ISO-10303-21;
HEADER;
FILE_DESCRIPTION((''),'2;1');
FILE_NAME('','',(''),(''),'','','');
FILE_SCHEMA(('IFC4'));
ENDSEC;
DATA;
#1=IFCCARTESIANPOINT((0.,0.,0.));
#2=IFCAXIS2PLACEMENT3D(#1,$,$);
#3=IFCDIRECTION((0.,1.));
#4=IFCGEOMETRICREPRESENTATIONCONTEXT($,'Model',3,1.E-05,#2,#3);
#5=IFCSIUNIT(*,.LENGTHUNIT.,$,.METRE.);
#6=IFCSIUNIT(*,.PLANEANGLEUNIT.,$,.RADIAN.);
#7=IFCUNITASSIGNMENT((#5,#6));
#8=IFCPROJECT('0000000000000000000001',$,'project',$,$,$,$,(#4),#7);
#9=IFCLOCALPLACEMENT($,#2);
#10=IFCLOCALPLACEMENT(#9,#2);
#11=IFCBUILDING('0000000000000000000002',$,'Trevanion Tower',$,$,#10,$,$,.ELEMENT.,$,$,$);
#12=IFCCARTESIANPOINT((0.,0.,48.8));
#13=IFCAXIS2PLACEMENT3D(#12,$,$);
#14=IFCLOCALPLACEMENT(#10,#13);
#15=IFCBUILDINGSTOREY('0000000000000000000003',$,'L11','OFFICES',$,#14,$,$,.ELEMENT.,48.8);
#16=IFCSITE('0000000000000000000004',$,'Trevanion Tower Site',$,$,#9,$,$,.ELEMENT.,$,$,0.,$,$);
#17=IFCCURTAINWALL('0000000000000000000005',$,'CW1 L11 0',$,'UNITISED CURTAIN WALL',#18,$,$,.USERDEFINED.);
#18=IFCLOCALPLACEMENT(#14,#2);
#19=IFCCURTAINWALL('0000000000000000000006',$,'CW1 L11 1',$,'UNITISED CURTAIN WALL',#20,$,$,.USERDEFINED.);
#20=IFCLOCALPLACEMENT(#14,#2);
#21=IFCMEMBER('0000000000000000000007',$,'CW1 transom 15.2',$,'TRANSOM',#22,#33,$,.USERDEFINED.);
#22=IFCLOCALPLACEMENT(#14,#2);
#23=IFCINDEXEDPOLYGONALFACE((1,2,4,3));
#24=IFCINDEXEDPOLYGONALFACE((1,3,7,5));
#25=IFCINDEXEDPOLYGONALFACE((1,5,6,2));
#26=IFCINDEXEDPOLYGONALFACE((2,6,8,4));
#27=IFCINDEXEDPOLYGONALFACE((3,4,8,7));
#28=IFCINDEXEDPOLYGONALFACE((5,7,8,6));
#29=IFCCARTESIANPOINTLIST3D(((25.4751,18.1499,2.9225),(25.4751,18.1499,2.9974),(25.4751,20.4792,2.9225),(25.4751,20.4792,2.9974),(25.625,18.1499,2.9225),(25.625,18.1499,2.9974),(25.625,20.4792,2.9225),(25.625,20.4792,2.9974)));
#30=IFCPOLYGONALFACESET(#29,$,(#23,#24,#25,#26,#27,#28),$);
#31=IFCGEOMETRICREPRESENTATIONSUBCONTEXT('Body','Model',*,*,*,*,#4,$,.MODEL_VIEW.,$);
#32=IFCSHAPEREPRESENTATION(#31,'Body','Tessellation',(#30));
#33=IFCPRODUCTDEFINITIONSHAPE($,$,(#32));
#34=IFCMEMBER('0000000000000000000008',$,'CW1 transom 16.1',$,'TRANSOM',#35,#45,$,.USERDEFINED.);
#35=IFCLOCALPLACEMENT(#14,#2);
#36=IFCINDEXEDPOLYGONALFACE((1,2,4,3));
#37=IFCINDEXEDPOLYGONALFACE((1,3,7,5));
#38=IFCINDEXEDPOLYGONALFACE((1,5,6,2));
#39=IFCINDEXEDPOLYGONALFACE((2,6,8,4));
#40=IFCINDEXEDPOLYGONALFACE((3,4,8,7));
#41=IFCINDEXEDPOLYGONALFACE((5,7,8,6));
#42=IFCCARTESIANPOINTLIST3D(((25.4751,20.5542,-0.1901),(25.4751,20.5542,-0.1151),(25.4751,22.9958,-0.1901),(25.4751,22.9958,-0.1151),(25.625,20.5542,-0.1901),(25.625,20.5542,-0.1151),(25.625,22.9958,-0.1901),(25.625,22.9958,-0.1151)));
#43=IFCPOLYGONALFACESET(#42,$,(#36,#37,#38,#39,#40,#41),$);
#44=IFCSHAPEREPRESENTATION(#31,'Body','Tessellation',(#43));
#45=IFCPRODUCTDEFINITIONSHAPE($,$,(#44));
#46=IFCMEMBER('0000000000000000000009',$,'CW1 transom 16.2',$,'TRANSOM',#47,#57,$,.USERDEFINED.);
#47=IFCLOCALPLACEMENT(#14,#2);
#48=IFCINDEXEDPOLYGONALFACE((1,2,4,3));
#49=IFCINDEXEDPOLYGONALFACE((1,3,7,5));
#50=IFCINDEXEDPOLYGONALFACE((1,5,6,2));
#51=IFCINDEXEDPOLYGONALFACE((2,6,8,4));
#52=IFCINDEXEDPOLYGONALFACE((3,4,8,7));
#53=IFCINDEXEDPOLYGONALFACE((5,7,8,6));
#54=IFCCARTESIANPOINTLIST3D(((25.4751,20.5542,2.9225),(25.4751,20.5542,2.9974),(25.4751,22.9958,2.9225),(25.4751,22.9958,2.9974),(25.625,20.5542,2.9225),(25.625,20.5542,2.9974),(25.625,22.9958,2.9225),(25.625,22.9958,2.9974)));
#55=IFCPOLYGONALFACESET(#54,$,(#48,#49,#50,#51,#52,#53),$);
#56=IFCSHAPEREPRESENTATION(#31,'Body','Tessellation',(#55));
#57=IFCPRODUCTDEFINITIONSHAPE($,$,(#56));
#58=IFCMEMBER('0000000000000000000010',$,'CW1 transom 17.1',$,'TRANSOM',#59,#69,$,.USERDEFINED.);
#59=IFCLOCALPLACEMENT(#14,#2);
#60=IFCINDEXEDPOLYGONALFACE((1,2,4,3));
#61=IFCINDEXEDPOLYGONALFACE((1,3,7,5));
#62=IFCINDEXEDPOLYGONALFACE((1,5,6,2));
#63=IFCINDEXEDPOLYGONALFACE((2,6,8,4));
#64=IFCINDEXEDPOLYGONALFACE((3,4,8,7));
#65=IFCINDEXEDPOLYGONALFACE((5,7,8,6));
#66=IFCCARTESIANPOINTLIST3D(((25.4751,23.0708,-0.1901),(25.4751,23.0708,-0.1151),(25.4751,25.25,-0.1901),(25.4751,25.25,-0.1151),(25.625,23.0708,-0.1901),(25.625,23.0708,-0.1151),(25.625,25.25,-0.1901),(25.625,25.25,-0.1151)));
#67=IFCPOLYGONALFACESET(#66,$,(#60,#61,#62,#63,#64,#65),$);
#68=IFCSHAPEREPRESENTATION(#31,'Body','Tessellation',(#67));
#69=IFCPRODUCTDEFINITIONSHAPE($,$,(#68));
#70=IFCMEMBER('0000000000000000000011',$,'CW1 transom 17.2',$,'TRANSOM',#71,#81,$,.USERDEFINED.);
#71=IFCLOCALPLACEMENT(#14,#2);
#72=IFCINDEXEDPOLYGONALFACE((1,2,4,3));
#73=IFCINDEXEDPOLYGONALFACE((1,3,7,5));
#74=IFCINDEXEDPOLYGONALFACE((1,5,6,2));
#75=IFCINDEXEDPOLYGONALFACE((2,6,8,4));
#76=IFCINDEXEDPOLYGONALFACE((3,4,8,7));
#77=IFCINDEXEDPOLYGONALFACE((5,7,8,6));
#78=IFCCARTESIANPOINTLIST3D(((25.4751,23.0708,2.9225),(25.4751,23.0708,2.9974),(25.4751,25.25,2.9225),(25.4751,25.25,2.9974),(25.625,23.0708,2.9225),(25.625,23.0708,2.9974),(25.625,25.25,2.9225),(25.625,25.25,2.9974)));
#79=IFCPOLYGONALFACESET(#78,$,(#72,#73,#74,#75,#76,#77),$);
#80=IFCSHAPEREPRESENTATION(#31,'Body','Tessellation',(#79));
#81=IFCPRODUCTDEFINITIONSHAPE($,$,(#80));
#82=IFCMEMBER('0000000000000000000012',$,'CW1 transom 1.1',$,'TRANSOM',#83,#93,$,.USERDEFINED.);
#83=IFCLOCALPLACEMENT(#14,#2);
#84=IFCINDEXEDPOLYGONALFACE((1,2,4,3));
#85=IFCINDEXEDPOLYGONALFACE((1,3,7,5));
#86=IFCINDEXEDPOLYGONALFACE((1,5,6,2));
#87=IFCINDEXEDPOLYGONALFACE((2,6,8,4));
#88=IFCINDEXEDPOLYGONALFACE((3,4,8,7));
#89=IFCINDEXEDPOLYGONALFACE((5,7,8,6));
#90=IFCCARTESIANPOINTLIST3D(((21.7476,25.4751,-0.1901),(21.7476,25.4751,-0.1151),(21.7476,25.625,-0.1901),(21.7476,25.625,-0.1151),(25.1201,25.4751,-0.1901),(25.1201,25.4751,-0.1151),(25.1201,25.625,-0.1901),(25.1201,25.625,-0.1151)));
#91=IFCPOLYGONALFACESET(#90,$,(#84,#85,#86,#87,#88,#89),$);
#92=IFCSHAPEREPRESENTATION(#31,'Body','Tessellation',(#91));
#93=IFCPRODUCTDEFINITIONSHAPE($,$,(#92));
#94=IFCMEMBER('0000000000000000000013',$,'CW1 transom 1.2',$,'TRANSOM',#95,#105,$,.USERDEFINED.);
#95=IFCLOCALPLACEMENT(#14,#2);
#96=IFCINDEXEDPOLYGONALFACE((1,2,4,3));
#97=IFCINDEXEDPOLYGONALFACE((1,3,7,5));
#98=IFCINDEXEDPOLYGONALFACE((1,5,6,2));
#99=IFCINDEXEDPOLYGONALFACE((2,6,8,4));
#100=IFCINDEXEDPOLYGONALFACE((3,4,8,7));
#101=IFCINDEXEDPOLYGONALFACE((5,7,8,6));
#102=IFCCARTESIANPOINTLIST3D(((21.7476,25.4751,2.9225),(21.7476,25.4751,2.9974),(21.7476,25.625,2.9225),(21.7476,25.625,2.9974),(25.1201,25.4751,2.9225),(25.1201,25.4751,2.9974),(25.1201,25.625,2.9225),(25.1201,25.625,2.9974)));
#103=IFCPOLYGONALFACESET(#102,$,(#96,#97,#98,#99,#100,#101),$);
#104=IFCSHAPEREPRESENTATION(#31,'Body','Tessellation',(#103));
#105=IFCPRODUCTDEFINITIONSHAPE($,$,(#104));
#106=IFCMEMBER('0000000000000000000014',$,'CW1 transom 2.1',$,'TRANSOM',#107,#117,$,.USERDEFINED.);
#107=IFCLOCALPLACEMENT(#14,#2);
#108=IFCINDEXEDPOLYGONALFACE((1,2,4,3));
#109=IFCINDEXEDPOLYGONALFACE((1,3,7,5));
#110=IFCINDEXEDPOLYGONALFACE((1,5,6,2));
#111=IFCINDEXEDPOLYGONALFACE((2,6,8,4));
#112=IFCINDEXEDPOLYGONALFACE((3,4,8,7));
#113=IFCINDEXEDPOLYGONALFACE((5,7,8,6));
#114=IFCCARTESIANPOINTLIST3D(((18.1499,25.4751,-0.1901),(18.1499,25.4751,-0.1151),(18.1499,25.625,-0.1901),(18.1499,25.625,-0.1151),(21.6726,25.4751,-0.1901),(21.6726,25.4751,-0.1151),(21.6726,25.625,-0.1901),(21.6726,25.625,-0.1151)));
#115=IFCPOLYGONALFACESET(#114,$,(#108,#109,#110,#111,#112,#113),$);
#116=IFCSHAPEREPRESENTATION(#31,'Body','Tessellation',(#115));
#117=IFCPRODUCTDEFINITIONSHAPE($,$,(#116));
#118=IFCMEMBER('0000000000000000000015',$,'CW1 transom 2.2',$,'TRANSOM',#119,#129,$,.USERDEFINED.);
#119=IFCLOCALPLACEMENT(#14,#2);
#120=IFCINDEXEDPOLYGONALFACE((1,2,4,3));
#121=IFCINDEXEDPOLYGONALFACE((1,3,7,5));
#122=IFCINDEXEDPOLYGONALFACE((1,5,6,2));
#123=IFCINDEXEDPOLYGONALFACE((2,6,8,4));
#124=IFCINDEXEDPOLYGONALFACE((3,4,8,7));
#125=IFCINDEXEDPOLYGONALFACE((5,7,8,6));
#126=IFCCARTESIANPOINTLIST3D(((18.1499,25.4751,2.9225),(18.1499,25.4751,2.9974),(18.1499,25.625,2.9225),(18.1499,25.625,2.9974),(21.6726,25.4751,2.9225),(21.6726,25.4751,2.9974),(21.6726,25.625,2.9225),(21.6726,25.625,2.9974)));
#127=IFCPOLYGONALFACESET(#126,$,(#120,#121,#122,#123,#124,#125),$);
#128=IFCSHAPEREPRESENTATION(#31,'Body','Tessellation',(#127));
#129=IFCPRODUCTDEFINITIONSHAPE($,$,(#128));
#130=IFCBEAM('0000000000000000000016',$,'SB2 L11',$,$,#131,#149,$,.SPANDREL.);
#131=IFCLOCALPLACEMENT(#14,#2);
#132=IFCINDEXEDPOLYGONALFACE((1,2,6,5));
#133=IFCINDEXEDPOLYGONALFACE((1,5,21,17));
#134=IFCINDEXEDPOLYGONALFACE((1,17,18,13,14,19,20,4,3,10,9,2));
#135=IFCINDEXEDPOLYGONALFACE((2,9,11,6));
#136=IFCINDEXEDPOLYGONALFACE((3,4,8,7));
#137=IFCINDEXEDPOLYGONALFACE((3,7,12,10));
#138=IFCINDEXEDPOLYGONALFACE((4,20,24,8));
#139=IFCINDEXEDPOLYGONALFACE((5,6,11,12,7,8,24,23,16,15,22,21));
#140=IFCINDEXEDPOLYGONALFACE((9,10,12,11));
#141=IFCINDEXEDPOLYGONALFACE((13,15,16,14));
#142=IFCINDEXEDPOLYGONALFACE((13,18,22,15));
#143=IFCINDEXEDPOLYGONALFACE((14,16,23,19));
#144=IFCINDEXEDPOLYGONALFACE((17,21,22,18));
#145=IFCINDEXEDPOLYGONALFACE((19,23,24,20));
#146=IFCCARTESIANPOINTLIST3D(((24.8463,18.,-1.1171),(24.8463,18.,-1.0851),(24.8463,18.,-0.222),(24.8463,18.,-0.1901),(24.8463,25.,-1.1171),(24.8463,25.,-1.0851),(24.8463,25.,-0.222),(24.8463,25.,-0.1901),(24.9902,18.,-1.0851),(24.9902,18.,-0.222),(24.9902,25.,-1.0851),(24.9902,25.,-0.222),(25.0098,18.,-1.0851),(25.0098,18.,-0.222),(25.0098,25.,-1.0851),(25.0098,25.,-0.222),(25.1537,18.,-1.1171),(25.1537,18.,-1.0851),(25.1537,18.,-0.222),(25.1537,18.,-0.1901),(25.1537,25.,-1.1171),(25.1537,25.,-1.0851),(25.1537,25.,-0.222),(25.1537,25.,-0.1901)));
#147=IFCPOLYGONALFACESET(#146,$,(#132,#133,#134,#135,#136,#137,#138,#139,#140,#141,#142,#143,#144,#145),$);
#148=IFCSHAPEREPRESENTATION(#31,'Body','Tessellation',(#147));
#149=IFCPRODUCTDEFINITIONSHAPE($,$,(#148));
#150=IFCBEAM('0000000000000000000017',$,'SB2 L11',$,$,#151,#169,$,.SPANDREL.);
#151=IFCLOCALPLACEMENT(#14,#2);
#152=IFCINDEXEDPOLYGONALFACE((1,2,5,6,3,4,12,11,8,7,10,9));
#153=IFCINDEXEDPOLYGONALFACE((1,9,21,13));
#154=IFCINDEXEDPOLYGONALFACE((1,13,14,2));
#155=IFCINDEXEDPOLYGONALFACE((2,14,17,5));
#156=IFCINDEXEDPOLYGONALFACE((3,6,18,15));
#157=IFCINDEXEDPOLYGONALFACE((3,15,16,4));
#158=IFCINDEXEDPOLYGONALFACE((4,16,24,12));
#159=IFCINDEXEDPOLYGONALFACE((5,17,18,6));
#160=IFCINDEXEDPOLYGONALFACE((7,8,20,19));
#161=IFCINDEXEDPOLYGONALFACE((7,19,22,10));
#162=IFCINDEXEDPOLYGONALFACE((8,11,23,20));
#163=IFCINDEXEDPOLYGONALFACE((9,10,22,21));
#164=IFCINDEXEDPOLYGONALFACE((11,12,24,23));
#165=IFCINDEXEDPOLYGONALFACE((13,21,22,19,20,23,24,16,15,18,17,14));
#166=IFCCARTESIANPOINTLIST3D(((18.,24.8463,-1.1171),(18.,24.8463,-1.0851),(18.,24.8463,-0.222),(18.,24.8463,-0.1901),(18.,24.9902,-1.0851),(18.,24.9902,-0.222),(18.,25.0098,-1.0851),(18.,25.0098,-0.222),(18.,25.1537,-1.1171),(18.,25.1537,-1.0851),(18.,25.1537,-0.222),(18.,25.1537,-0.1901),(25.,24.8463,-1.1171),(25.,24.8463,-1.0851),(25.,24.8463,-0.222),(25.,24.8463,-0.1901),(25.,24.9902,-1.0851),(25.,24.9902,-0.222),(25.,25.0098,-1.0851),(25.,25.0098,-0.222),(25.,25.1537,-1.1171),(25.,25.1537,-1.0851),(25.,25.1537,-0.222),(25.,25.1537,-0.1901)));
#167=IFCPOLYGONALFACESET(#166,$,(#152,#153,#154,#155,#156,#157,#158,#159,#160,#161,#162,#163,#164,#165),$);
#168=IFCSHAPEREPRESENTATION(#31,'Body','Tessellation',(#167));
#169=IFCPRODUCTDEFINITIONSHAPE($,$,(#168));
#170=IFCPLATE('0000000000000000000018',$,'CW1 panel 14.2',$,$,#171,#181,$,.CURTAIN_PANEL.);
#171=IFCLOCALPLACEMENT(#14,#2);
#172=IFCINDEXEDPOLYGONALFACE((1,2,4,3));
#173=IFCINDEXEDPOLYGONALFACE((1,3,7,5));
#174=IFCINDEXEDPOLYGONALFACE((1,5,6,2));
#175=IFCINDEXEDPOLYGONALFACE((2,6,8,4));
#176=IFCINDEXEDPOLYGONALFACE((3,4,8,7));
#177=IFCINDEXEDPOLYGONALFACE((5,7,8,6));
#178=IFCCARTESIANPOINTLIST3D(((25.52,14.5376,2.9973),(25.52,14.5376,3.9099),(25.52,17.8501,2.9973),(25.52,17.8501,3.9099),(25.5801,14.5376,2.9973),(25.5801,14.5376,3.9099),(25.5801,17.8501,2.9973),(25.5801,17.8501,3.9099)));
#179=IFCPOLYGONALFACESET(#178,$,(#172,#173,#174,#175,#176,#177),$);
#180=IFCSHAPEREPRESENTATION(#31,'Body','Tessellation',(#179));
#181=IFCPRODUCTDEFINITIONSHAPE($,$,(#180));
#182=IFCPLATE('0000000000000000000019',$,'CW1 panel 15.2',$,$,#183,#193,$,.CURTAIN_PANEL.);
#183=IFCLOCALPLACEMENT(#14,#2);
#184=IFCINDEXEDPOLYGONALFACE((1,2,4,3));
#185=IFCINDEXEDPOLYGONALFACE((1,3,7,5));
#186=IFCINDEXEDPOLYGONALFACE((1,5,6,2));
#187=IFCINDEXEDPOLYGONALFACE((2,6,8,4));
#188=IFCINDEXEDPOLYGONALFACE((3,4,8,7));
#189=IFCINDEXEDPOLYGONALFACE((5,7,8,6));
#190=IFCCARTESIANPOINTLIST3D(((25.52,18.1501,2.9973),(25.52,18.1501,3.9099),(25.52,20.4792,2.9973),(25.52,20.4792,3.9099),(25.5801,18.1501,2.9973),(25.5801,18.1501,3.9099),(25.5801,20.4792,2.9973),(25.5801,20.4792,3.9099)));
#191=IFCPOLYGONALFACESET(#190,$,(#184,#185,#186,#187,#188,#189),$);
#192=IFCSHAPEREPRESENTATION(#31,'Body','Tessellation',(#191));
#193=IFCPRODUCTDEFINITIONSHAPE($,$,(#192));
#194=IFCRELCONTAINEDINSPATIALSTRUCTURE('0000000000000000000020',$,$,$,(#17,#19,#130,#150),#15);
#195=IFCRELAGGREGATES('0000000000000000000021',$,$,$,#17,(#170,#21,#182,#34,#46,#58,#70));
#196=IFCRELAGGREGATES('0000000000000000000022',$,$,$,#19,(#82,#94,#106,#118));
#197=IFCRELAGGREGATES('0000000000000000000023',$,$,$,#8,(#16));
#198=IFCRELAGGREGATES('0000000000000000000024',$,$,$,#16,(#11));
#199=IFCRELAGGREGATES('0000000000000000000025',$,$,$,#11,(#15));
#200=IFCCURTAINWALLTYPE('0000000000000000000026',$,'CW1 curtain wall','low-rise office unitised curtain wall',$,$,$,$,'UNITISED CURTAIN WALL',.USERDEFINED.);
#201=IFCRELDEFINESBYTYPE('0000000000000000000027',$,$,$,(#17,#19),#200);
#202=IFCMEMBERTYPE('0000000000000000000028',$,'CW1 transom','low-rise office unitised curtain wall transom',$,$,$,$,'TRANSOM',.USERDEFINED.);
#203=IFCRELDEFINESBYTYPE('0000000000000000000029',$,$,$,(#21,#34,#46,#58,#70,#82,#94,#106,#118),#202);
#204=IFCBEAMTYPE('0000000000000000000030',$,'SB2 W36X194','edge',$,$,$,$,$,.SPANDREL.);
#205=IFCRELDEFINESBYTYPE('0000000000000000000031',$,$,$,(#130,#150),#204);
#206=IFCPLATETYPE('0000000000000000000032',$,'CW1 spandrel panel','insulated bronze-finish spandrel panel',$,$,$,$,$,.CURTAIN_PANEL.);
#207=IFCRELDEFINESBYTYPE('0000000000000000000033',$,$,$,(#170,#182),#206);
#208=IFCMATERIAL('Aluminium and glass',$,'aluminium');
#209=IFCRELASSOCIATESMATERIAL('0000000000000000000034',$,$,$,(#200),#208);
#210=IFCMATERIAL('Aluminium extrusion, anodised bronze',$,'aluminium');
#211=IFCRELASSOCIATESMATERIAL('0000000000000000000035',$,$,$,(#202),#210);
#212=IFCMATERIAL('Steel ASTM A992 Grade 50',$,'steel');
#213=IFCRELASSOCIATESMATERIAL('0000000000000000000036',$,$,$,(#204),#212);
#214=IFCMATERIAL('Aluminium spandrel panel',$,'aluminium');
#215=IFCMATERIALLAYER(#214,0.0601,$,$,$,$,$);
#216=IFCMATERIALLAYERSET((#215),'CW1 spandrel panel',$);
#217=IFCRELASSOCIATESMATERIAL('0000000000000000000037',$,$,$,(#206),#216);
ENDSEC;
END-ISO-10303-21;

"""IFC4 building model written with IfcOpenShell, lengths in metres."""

from ifc_helpers import new_model, si_unit, direction, frame, origin, origin_2d, place, context, subcontext, project, spatial, rectangle, i_section, extrude, material, layer, layer_set, material_profile, profile_set, type_object, element, aggregate, save


model = new_model("IFC4")

# Units and contexts
model_context = context("Model", 3, precision=1e-05, world=origin(), true_north=direction((0.0, 1.0)))
body_context = subcontext(model_context, "Body", "Model", "MODEL_VIEW")
ifc_project = project(units=[si_unit("LENGTHUNIT", "METRE"), si_unit("PLANEANGLEUNIT", "RADIAN")], contexts=[model_context])

# Site, building, storey
site_placement = place(None, origin())
site = spatial("IfcSite", under=ifc_project, at=site_placement, Name="Trevanion Tower Site", CompositionType="ELEMENT", RefElevation=0.0)
building_placement = place(site_placement, origin())
building = spatial("IfcBuilding", under=site, at=building_placement, Name="Trevanion Tower", CompositionType="ELEMENT")
storey_placement = place(building_placement, frame((0.0, 0.0, 48.8)))
storey = spatial("IfcBuildingStorey", under=building, at=storey_placement, Name="L11", Description="OFFICES", CompositionType="ELEMENT", Elevation=48.8)

# Curtain wall
ifc_material_1 = material(Name="Aluminium and glass", Category="aluminium")
curtain_wall_type = type_object("IfcCurtainWallType", Name="CW1 curtain wall", Description="low-rise office unitised curtain wall", ElementType="UNITISED CURTAIN WALL", PredefinedType="USERDEFINED", material=ifc_material_1)
curtain_wall_1_placement = place(storey_placement, origin())
curtain_wall_1 = element("IfcCurtainWall", 1, at=curtain_wall_1_placement, inside=storey, type_object=curtain_wall_type, Name="CW1 L11 0", ObjectType="UNITISED CURTAIN WALL", PredefinedType="USERDEFINED")

# Curtain wall
curtain_wall_2_placement = place(storey_placement, origin())
curtain_wall_2 = element("IfcCurtainWall", 2, at=curtain_wall_2_placement, inside=storey, type_object=curtain_wall_type, Name="CW1 L11 1", ObjectType="UNITISED CURTAIN WALL", PredefinedType="USERDEFINED")

# Members
ifc_material_2 = material(Name="Aluminium extrusion, anodised bronze", Category="aluminium")
ifc_material_profile_1 = material_profile(ifc_material_2, rectangle(XDim=0.1499, YDim=0.075, at=origin_2d()), Name="CW1 transom")
ifc_profile_set_1 = profile_set([ifc_material_profile_1], Name="Aluminium extrusion, anodised bronze")
member_type_1 = type_object("IfcMemberType", Name="CW1 transom", Description="low-rise office unitised curtain wall transom", ElementType="TRANSOM", PredefinedType="USERDEFINED", material=ifc_profile_set_1)
member_1_placement = place(storey_placement, frame((25.55, 18.1499, 2.96), z_axis=(0.0, 1.0, 0.0), x_axis=(-1.0, 0.0, 0.0)))
member_1 = element("IfcMember", 3, at=member_1_placement, type_object=member_type_1, Name="CW1 transom 15.2", ObjectType="TRANSOM", PredefinedType="USERDEFINED", context=body_context, shape_type="SweptSolid", body=[
    extrude(rectangle(XDim=0.1499, YDim=0.075, at=origin_2d()), origin(), (0.0, 0.0, 1.0), 2.3293),
])
member_2_placement = place(storey_placement, frame((25.55, 20.5542, -0.1526), z_axis=(0.0, 1.0, 0.0), x_axis=(-1.0, 0.0, 0.0)))
member_2 = element("IfcMember", 4, at=member_2_placement, type_object=member_type_1, Name="CW1 transom 16.1", ObjectType="TRANSOM", PredefinedType="USERDEFINED", context=body_context, shape_type="SweptSolid", body=[
    extrude(rectangle(XDim=0.1499, YDim=0.075, at=origin_2d()), origin(), (0.0, 0.0, 1.0), 2.4417),
])
member_3_placement = place(storey_placement, frame((25.55, 20.5542, 2.96), z_axis=(0.0, 1.0, 0.0), x_axis=(-1.0, 0.0, 0.0)))
member_3 = element("IfcMember", 5, at=member_3_placement, type_object=member_type_1, Name="CW1 transom 16.2", ObjectType="TRANSOM", PredefinedType="USERDEFINED", context=body_context, shape_type="SweptSolid", body=[
    extrude(rectangle(XDim=0.1499, YDim=0.075, at=origin_2d()), origin(), (0.0, 0.0, 1.0), 2.4417),
])
member_4_placement = place(storey_placement, frame((25.55, 23.0708, -0.1526), z_axis=(0.0, 1.0, 0.0), x_axis=(-1.0, 0.0, 0.0)))
member_4 = element("IfcMember", 6, at=member_4_placement, type_object=member_type_1, Name="CW1 transom 17.1", ObjectType="TRANSOM", PredefinedType="USERDEFINED", context=body_context, shape_type="SweptSolid", body=[
    extrude(rectangle(XDim=0.1499, YDim=0.075, at=origin_2d()), origin(), (0.0, 0.0, 1.0), 2.1792),
])
member_5_placement = place(storey_placement, frame((25.55, 23.0708, 2.96), z_axis=(0.0, 1.0, 0.0), x_axis=(-1.0, 0.0, 0.0)))
member_5 = element("IfcMember", 7, at=member_5_placement, type_object=member_type_1, Name="CW1 transom 17.2", ObjectType="TRANSOM", PredefinedType="USERDEFINED", context=body_context, shape_type="SweptSolid", body=[
    extrude(rectangle(XDim=0.1499, YDim=0.075, at=origin_2d()), origin(), (0.0, 0.0, 1.0), 2.1792),
])
member_6_placement = place(storey_placement, frame((25.1201, 25.55, -0.1526), z_axis=(-1.0, 0.0, 0.0), x_axis=(0.0, -1.0, 0.0)))
member_6 = element("IfcMember", 8, at=member_6_placement, type_object=member_type_1, Name="CW1 transom 1.1", ObjectType="TRANSOM", PredefinedType="USERDEFINED", context=body_context, shape_type="SweptSolid", body=[
    extrude(rectangle(XDim=0.1499, YDim=0.075, at=origin_2d()), origin(), (0.0, 0.0, 1.0), 3.3726),
])
member_7_placement = place(storey_placement, frame((25.1201, 25.55, 2.96), z_axis=(-1.0, 0.0, 0.0), x_axis=(0.0, -1.0, 0.0)))
member_7 = element("IfcMember", 9, at=member_7_placement, type_object=member_type_1, Name="CW1 transom 1.2", ObjectType="TRANSOM", PredefinedType="USERDEFINED", context=body_context, shape_type="SweptSolid", body=[
    extrude(rectangle(XDim=0.1499, YDim=0.075, at=origin_2d()), origin(), (0.0, 0.0, 1.0), 3.3726),
])
member_8_placement = place(storey_placement, frame((21.6726, 25.55, -0.1526), z_axis=(-1.0, 0.0, 0.0), x_axis=(0.0, -1.0, 0.0)))
member_8 = element("IfcMember", 10, at=member_8_placement, type_object=member_type_1, Name="CW1 transom 2.1", ObjectType="TRANSOM", PredefinedType="USERDEFINED", context=body_context, shape_type="SweptSolid", body=[
    extrude(rectangle(XDim=0.1499, YDim=0.075, at=origin_2d()), origin(), (0.0, 0.0, 1.0), 3.5227),
])
member_9_placement = place(storey_placement, frame((21.6726, 25.55, 2.96), z_axis=(-1.0, 0.0, 0.0), x_axis=(0.0, -1.0, 0.0)))
member_9 = element("IfcMember", 11, at=member_9_placement, type_object=member_type_1, Name="CW1 transom 2.2", ObjectType="TRANSOM", PredefinedType="USERDEFINED", context=body_context, shape_type="SweptSolid", body=[
    extrude(rectangle(XDim=0.1499, YDim=0.075, at=origin_2d()), origin(), (0.0, 0.0, 1.0), 3.5227),
])

# Beams
ifc_material_3 = material(Name="Steel ASTM A992 Grade 50", Category="steel")
ifc_material_profile_2 = material_profile(ifc_material_3, i_section(OverallWidth=0.3074, OverallDepth=0.927, WebThickness=0.0195, FlangeThickness=0.032, at=origin_2d()), Name="W36X194")
ifc_profile_set_2 = profile_set([ifc_material_profile_2], Name="Steel ASTM A992 Grade 50")
beam_type = type_object("IfcBeamType", Name="SB2 W36X194", Description="edge", PredefinedType="SPANDREL", material=ifc_profile_set_2)
for number, where, z_axis, x_axis, name in (
    (12, (25.0, 18.0, -0.6536), (0.0, 1.0, 0.0), (-1.0, 0.0, 0.0), "SB2 L11"),
    (13, (25.0, 25.0, -0.6536), (-1.0, 0.0, 0.0), (0.0, -1.0, 0.0), "SB2 L11"),
):
    element("IfcBeam", number, at=place(storey_placement, frame(where, z_axis=z_axis, x_axis=x_axis)), inside=storey, type_object=beam_type, Name=name, PredefinedType="SPANDREL", context=body_context, shape_type="SweptSolid", body=[
        extrude(i_section(OverallWidth=0.3074, OverallDepth=0.927, WebThickness=0.0195, FlangeThickness=0.032, at=origin_2d()), origin(), (0.0, 0.0, 1.0), 7.0),
    ])

# Plates
ifc_material_4 = material(Name="Aluminium spandrel panel", Category="aluminium")
ifc_layer_1 = layer(ifc_material_4, 0.0601)
ifc_layer_set_1 = layer_set([ifc_layer_1], Name="CW1 spandrel panel")
plate_type_1 = type_object("IfcPlateType", Name="CW1 spandrel panel", Description="insulated bronze-finish spandrel panel", PredefinedType="CURTAIN_PANEL", material=ifc_layer_set_1)
plate_1_placement = place(storey_placement, frame((25.55, 16.1938, 2.9973), z_axis=(0.0, 0.0, 1.0), x_axis=(0.0, 1.0, 0.0)))
plate_1 = element("IfcPlate", 14, at=plate_1_placement, type_object=plate_type_1, Name="CW1 panel 14.2", PredefinedType="CURTAIN_PANEL", context=body_context, shape_type="SweptSolid", body=[
    extrude(rectangle(XDim=3.3125, YDim=0.0601, at=origin_2d()), origin(), (0.0, 0.0, 1.0), 0.9126),
])
plate_2_placement = place(storey_placement, frame((25.55, 19.3147, 2.9973), z_axis=(0.0, 0.0, 1.0), x_axis=(0.0, 1.0, 0.0)))
plate_2 = element("IfcPlate", 15, at=plate_2_placement, type_object=plate_type_1, Name="CW1 panel 15.2", PredefinedType="CURTAIN_PANEL", context=body_context, shape_type="SweptSolid", body=[
    extrude(rectangle(XDim=2.3291, YDim=0.0601, at=origin_2d()), origin(), (0.0, 0.0, 1.0), 0.9126),
])
aggregate(curtain_wall_1, [plate_1, member_1, plate_2, member_2, member_3, member_4, member_5])
aggregate(curtain_wall_2, [member_6, member_7, member_8, member_9])

save(model, "model.ifc")
